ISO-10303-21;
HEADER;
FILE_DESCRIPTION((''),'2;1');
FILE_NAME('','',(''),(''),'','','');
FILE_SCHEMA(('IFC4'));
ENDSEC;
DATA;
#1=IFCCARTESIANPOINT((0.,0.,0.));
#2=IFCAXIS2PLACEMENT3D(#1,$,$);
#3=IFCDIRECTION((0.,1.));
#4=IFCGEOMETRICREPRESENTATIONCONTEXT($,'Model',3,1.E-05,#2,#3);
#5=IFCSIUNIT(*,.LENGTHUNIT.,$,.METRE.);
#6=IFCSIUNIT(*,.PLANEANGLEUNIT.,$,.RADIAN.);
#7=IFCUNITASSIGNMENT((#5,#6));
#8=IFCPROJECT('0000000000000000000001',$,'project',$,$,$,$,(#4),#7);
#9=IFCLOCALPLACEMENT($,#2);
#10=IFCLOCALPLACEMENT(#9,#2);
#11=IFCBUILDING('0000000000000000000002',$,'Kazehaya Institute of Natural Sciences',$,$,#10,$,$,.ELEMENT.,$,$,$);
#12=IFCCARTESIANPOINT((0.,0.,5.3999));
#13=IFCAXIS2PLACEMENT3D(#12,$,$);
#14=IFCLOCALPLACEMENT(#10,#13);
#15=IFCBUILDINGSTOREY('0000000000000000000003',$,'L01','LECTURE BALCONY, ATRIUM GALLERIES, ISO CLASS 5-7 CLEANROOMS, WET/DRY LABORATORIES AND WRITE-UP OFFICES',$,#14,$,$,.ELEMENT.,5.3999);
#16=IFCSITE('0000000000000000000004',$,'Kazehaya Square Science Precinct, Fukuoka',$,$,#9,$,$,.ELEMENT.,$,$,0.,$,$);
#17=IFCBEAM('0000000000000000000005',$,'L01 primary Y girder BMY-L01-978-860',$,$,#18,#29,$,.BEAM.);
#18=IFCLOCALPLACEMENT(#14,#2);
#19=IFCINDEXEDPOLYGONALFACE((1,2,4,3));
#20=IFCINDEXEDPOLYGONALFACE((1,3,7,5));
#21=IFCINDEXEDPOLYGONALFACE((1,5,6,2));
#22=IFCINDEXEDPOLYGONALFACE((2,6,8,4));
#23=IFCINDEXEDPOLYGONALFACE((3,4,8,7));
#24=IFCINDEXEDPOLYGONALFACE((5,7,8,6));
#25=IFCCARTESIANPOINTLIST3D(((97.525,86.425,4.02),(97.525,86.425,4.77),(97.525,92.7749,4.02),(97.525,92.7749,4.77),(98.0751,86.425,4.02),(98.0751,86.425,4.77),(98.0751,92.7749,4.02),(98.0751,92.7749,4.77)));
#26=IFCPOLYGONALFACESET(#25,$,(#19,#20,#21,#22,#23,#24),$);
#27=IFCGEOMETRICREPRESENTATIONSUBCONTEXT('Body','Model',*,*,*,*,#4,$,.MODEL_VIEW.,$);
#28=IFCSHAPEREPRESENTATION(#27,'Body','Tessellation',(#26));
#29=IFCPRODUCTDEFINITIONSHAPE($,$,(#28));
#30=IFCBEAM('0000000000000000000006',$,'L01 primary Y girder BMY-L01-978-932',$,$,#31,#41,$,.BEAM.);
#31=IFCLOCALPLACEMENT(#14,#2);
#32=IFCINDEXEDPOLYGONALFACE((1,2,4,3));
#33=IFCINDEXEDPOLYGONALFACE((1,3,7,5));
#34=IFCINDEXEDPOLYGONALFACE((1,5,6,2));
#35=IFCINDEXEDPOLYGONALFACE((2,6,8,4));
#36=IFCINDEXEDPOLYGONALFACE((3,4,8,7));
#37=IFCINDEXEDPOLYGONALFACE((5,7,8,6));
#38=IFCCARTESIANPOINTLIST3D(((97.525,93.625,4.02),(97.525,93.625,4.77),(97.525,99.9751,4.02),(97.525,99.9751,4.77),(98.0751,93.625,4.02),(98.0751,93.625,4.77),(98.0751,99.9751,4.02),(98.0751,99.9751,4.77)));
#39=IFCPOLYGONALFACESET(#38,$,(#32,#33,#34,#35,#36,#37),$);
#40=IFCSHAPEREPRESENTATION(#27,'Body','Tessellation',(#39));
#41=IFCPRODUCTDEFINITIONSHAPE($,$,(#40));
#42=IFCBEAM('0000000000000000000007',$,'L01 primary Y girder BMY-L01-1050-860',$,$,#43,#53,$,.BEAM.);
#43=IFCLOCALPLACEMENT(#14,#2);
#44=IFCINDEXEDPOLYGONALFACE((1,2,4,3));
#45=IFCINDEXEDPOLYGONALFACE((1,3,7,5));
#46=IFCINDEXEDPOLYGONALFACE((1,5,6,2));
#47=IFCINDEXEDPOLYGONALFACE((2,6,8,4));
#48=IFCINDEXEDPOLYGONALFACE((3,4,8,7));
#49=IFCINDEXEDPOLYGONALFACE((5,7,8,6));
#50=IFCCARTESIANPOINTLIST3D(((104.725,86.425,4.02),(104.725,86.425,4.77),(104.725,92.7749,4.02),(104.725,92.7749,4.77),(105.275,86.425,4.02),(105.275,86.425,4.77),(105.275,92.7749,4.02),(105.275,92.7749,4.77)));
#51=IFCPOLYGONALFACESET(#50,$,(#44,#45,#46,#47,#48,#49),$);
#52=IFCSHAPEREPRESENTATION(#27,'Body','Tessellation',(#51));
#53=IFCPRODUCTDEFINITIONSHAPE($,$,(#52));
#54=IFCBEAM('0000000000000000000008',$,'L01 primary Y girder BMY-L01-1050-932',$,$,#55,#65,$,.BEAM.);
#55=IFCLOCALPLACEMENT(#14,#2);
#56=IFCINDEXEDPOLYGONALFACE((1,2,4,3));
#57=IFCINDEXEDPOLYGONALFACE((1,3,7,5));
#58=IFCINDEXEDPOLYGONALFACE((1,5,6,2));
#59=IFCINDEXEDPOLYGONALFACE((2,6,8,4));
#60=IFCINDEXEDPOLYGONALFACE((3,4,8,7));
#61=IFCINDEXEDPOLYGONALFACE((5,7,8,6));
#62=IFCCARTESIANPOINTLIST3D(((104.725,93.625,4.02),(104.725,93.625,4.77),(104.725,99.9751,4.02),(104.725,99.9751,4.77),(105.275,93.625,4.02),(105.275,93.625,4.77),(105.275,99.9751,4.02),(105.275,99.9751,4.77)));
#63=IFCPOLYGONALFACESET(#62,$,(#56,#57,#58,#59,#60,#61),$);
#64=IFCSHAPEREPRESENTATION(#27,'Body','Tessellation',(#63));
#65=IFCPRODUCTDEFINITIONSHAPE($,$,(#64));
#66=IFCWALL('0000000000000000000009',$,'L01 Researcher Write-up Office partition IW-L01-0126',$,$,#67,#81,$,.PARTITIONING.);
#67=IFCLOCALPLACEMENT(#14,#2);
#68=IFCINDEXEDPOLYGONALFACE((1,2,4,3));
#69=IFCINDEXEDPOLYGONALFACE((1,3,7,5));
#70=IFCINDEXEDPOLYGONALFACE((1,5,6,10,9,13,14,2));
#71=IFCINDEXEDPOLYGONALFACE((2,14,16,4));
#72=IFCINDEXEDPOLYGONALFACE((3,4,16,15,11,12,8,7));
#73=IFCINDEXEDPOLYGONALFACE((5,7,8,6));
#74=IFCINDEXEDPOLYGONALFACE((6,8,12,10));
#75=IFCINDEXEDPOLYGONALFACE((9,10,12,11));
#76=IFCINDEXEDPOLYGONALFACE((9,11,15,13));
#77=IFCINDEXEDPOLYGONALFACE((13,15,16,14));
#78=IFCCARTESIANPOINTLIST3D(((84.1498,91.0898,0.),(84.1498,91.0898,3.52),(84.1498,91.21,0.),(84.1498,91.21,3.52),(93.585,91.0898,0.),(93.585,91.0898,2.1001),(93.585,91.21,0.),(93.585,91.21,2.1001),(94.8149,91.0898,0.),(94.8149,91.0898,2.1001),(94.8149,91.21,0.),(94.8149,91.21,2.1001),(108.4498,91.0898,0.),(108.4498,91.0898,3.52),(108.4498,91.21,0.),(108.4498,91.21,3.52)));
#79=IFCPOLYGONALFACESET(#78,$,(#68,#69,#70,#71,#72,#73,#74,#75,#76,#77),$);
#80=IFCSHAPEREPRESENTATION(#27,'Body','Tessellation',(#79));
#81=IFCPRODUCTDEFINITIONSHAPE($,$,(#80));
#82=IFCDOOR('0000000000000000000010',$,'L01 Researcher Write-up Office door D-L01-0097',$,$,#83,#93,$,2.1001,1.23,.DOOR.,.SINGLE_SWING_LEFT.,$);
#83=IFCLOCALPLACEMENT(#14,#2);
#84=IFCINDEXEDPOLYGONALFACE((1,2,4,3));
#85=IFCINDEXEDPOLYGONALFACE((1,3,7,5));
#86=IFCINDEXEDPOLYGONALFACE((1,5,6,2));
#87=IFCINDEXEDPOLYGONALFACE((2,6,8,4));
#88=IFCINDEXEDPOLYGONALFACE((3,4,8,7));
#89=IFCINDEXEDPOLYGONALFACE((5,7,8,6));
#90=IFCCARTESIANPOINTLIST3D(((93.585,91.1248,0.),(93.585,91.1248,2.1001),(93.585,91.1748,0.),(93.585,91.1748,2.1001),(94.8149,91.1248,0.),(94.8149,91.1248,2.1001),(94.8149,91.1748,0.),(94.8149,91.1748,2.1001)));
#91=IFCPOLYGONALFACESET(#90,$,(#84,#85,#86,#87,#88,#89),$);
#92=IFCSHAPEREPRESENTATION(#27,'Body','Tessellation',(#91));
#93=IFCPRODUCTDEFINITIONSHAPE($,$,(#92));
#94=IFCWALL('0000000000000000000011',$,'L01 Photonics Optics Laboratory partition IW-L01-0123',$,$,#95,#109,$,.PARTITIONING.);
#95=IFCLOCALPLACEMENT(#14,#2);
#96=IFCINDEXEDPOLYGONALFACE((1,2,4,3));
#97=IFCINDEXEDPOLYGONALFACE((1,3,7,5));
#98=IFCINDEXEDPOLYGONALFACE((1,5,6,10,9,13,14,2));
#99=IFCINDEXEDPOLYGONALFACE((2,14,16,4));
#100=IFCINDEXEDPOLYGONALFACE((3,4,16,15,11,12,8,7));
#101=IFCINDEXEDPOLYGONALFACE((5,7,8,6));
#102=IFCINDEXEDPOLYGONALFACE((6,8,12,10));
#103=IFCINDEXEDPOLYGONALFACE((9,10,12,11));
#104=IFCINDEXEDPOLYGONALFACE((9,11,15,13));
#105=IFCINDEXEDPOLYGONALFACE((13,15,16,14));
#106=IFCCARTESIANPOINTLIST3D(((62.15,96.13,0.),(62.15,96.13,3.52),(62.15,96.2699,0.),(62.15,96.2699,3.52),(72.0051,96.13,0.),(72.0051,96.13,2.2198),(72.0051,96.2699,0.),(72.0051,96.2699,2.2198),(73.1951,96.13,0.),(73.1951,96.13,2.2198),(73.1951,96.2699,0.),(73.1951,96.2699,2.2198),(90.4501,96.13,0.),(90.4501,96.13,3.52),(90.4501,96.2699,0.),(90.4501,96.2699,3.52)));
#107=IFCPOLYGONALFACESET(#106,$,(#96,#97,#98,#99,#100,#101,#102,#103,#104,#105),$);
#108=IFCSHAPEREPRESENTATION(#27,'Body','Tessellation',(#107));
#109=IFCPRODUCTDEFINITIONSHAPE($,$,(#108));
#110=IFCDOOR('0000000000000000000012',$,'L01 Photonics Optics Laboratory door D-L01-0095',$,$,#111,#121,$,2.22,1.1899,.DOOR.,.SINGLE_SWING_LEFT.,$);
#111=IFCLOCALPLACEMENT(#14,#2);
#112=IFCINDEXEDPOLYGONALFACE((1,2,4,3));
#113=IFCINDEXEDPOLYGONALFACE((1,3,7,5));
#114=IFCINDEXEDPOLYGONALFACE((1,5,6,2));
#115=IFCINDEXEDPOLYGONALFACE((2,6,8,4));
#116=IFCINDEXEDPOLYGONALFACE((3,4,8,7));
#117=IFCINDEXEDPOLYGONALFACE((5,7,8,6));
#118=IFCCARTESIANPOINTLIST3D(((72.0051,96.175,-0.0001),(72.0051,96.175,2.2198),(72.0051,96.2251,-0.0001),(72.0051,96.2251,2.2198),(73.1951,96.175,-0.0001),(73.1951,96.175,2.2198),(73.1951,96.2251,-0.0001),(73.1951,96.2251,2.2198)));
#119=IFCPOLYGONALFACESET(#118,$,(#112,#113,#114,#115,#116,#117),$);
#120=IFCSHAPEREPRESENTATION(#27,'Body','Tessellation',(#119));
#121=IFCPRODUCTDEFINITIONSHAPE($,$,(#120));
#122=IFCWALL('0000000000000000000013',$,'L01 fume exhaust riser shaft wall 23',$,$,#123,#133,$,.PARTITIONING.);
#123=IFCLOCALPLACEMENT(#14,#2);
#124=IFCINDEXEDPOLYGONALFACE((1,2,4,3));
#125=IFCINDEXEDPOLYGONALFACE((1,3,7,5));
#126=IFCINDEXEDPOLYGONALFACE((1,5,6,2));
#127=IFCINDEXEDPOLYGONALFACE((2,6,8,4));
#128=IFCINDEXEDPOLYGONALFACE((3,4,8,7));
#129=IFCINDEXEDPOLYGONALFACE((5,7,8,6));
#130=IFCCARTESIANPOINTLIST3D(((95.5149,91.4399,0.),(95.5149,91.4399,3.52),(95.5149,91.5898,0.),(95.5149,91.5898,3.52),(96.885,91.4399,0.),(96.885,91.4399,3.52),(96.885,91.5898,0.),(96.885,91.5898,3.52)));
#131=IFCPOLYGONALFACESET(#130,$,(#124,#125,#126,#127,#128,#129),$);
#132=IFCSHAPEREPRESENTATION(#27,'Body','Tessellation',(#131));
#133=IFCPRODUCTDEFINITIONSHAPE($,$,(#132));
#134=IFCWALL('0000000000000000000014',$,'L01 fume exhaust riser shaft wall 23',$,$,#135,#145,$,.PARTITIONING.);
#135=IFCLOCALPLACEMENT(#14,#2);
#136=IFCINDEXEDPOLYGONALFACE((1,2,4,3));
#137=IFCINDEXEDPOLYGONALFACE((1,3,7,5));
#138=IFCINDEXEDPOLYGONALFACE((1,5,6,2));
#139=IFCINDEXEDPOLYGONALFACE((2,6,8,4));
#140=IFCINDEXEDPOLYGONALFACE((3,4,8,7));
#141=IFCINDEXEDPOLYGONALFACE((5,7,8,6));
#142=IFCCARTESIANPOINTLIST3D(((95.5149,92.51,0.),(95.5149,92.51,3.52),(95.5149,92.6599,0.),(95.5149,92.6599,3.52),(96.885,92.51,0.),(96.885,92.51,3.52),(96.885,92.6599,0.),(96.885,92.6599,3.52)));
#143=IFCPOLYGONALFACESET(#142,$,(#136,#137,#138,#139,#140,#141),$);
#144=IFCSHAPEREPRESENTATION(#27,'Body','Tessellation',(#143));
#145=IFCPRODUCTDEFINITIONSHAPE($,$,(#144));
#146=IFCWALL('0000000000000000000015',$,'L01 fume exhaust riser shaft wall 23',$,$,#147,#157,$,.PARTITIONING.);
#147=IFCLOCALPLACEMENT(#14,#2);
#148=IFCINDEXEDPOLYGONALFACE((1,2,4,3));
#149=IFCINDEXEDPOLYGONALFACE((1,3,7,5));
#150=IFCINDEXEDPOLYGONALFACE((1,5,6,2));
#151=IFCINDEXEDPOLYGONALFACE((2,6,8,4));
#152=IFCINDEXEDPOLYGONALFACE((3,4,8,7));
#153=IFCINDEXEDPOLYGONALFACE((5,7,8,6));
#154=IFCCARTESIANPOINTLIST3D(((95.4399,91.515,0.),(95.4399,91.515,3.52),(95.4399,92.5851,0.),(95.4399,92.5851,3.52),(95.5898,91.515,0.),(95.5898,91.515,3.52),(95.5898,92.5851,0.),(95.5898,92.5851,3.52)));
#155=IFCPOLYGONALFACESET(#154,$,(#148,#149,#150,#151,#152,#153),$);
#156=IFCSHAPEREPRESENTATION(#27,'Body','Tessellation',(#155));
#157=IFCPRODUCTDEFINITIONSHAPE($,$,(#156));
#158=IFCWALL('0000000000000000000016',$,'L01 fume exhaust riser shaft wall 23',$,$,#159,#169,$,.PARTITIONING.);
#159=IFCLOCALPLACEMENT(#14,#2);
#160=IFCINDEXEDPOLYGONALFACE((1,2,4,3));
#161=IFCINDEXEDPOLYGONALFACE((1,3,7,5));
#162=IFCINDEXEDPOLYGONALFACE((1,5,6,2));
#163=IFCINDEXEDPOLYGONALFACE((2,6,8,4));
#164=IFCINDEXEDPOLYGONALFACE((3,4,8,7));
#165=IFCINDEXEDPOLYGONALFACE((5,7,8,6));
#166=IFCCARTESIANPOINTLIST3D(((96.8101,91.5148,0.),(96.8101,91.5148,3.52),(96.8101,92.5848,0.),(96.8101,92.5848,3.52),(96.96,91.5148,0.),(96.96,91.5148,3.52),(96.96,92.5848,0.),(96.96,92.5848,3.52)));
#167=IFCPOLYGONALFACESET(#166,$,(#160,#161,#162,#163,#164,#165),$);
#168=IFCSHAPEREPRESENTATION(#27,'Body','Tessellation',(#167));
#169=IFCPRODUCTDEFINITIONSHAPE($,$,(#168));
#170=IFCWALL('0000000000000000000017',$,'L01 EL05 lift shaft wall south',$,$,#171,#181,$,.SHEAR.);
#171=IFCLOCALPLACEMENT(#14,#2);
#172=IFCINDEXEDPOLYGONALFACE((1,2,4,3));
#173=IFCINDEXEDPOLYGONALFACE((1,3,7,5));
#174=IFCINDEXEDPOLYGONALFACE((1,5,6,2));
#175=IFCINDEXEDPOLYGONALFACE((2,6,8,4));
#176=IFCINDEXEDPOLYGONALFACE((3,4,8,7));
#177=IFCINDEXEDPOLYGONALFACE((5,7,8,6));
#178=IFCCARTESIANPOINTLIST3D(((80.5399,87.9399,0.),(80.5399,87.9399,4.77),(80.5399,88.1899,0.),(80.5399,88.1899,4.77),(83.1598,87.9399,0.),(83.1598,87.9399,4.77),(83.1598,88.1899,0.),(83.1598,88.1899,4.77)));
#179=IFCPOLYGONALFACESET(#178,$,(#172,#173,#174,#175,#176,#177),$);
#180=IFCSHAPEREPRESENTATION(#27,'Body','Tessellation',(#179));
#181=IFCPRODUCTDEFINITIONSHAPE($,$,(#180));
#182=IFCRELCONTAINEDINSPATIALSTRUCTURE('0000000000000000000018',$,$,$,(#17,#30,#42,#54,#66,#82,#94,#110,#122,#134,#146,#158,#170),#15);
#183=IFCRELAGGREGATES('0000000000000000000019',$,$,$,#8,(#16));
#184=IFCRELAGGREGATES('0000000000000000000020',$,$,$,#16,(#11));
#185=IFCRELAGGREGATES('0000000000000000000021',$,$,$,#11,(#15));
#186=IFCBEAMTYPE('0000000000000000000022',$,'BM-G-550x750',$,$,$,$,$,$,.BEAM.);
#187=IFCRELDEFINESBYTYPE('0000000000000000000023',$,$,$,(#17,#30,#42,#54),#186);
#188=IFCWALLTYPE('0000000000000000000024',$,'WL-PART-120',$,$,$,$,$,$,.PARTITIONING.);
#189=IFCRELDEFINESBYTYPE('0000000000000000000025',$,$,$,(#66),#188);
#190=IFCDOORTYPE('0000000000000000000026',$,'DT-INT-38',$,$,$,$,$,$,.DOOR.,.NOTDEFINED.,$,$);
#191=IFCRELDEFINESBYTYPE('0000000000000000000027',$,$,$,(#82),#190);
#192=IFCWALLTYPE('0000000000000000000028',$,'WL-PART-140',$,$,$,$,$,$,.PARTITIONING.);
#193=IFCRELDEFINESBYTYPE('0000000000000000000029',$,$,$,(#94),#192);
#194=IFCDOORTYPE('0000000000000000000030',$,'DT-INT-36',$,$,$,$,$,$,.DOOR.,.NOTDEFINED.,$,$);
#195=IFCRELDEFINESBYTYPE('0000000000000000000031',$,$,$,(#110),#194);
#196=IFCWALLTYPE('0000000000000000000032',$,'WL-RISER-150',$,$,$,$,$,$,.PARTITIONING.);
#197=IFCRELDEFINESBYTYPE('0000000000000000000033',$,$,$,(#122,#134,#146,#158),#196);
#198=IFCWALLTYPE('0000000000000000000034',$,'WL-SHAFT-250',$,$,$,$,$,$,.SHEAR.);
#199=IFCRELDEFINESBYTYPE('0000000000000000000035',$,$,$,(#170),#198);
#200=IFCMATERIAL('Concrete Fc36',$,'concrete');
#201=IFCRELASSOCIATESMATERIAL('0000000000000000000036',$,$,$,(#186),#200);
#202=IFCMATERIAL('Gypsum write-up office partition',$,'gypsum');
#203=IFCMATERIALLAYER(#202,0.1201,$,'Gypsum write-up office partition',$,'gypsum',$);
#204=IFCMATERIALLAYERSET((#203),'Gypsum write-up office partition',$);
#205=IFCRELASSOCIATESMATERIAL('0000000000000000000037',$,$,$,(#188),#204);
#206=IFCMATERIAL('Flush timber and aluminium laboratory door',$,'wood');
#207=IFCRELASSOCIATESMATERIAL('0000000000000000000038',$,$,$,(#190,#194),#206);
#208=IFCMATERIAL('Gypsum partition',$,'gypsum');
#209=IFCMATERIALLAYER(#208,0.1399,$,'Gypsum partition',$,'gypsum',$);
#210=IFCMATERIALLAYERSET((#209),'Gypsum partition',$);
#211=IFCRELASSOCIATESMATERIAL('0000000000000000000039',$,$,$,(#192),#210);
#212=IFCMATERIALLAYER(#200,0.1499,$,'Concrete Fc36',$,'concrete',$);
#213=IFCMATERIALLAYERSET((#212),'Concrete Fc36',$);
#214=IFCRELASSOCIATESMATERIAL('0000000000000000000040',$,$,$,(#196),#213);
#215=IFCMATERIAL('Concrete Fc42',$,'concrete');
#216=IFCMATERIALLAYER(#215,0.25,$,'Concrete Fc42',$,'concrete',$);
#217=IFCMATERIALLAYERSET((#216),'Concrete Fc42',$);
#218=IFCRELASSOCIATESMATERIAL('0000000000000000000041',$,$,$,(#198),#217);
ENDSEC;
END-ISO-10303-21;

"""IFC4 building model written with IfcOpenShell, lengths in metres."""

from ifc_helpers import new_model, si_unit, direction, frame, frame_2d, origin, origin_2d, place, context, subcontext, project, spatial, rectangle, extrude, material, layer, layer_set, material_profile, profile_set, type_object, element, fill, save


model = new_model("IFC4")

# Units and contexts
model_context = context("Model", 3, precision=1e-05, world=origin(), true_north=direction((0.0, 1.0)))
body_context = subcontext(model_context, "Body", "Model", "MODEL_VIEW")
ifc_project = project(units=[si_unit("LENGTHUNIT", "METRE"), si_unit("PLANEANGLEUNIT", "RADIAN")], contexts=[model_context])

# Site, building, storey
site_placement = place(None, origin())
site = spatial("IfcSite", under=ifc_project, at=site_placement, Name="Kazehaya Square Science Precinct, Fukuoka", CompositionType="ELEMENT", RefElevation=0.0)
building_placement = place(site_placement, origin())
building = spatial("IfcBuilding", under=site, at=building_placement, Name="Kazehaya Institute of Natural Sciences", CompositionType="ELEMENT")
storey_placement = place(building_placement, frame((0.0, 0.0, 5.3999)))
storey = spatial("IfcBuildingStorey", under=building, at=storey_placement, Name="L01", Description="LECTURE BALCONY, ATRIUM GALLERIES, ISO CLASS 5-7 CLEANROOMS, WET/DRY LABORATORIES AND WRITE-UP OFFICES", CompositionType="ELEMENT", Elevation=5.3999)

# Shared definitions
ifc_material_1 = material(Name="Concrete Fc42", Category="concrete")

# Beams
ifc_material_2 = material(Name="Concrete Fc36", Category="concrete")
ifc_material_profile_1 = material_profile(ifc_material_2, rectangle(XDim=0.55, YDim=0.75, at=origin_2d()), Name="RC-550x750")
ifc_profile_set_1 = profile_set([ifc_material_profile_1], Name="Concrete Fc36")
beam_type = type_object("IfcBeamType", Name="BM-G-550x750", PredefinedType="BEAM", material=ifc_profile_set_1)
beam_1_placement = place(storey_placement, frame((97.8, 86.425, 4.395), z_axis=(0.0, 1.0, 0.0), x_axis=(-1.0, 0.0, 0.0)))
element("IfcBeam", 1, at=beam_1_placement, inside=storey, type_object=beam_type, Name="L01 primary Y girder BMY-L01-978-860", PredefinedType="BEAM", context=body_context, shape_type="SweptSolid", body=[
    extrude(rectangle(XDim=0.55, YDim=0.75, at=origin_2d()), origin(), (0.0, 0.0, 1.0), 6.3499),
])
beam_2_placement = place(storey_placement, frame((97.8, 93.625, 4.395), z_axis=(0.0, 1.0, 0.0), x_axis=(-1.0, 0.0, 0.0)))
element("IfcBeam", 2, at=beam_2_placement, inside=storey, type_object=beam_type, Name="L01 primary Y girder BMY-L01-978-932", PredefinedType="BEAM", context=body_context, shape_type="SweptSolid", body=[
    extrude(rectangle(XDim=0.55, YDim=0.75, at=origin_2d()), origin(), (0.0, 0.0, 1.0), 6.3501),
])
beam_3_placement = place(storey_placement, frame((105.0, 86.425, 4.395), z_axis=(0.0, 1.0, 0.0), x_axis=(-1.0, 0.0, 0.0)))
element("IfcBeam", 3, at=beam_3_placement, inside=storey, type_object=beam_type, Name="L01 primary Y girder BMY-L01-1050-860", PredefinedType="BEAM", context=body_context, shape_type="SweptSolid", body=[
    extrude(rectangle(XDim=0.55, YDim=0.75, at=origin_2d()), origin(), (0.0, 0.0, 1.0), 6.3499),
])
beam_4_placement = place(storey_placement, frame((105.0, 93.625, 4.395), z_axis=(0.0, 1.0, 0.0), x_axis=(-1.0, 0.0, 0.0)))
element("IfcBeam", 4, at=beam_4_placement, inside=storey, type_object=beam_type, Name="L01 primary Y girder BMY-L01-1050-932", PredefinedType="BEAM", context=body_context, shape_type="SweptSolid", body=[
    extrude(rectangle(XDim=0.55, YDim=0.75, at=origin_2d()), origin(), (0.0, 0.0, 1.0), 6.3501),
])

# Walls, openings, doors
ifc_material_3 = material(Name="Gypsum write-up office partition", Category="gypsum")
ifc_layer_1 = layer(ifc_material_3, 0.1201, Name="Gypsum write-up office partition", Category="gypsum")
ifc_layer_set_1 = layer_set([ifc_layer_1], Name="Gypsum write-up office partition")
wall_type_1 = type_object("IfcWallType", Name="WL-PART-120", PredefinedType="PARTITIONING", material=ifc_layer_set_1)
wall_1_placement = place(storey_placement, frame((84.1499, 91.1499, 0.0), z_axis=(0.0, 0.0, 1.0), x_axis=(1.0, 0.0, 0.0)))
wall_1 = element("IfcWall", 5, at=wall_1_placement, inside=storey, type_object=wall_type_1, Name="L01 Researcher Write-up Office partition IW-L01-0126", PredefinedType="PARTITIONING", context=body_context, shape_type="SweptSolid", body=[
    extrude(rectangle(XDim=24.3, YDim=0.1201, at=frame_2d((12.1499, 0.0))), origin(), (0.0, 0.0, 1.0), 3.52),
])
opening_1_placement = place(wall_1_placement, frame((9.4351, 0.0, 0.0)))
opening_1 = element("IfcOpeningElement", 6, at=opening_1_placement, cuts=wall_1, PredefinedType="OPENING", context=body_context, shape_type="SweptSolid", body=[
    extrude(rectangle(XDim=1.23, YDim=2.1001, at=frame_2d((0.615, 1.05))), frame((0.0, 0.0701, 0.0), z_axis=(0.0, -1.0, 0.0), x_axis=(1.0, 0.0, 0.0)), (0.0, 0.0, 1.0), 0.1401),
])
ifc_material_4 = material(Name="Flush timber and aluminium laboratory door", Category="wood")
door_type_1 = type_object("IfcDoorType", Name="DT-INT-38", OperationType="NOTDEFINED", PredefinedType="DOOR", material=ifc_material_4)
door_1_placement = place(opening_1_placement, origin())
door_1 = element("IfcDoor", 7, at=door_1_placement, inside=storey, type_object=door_type_1, Name="L01 Researcher Write-up Office door D-L01-0097", OperationType="SINGLE_SWING_LEFT", OverallHeight=2.1001, OverallWidth=1.23, PredefinedType="DOOR", context=body_context, shape_type="SweptSolid", body=[
    extrude(rectangle(XDim=1.23, YDim=2.1001, at=frame_2d((0.615, 1.05))), frame((0.0, 0.0249, 0.0), z_axis=(0.0, -1.0, 0.0), x_axis=(1.0, 0.0, 0.0)), (0.0, 0.0, 1.0), 0.05),
])
fill(opening_1, door_1)
ifc_material_5 = material(Name="Gypsum partition", Category="gypsum")
ifc_layer_2 = layer(ifc_material_5, 0.1399, Name="Gypsum partition", Category="gypsum")
ifc_layer_set_2 = layer_set([ifc_layer_2], Name="Gypsum partition")
wall_type_2 = type_object("IfcWallType", Name="WL-PART-140", PredefinedType="PARTITIONING", material=ifc_layer_set_2)
wall_2_placement = place(storey_placement, frame((90.45, 96.2, 0.0), z_axis=(0.0, 0.0, 1.0), x_axis=(-1.0, 0.0, 0.0)))
wall_2 = element("IfcWall", 8, at=wall_2_placement, inside=storey, type_object=wall_type_2, Name="L01 Photonics Optics Laboratory partition IW-L01-0123", PredefinedType="PARTITIONING", context=body_context, shape_type="SweptSolid", body=[
    extrude(rectangle(XDim=28.3, YDim=0.1399, at=frame_2d((14.1499, 0.0))), origin(), (0.0, 0.0, 1.0), 3.52),
])
opening_2_placement = place(wall_2_placement, frame((17.2549, 0.0, 0.0)))
opening_2 = element("IfcOpeningElement", 9, at=opening_2_placement, cuts=wall_2, PredefinedType="OPENING", context=body_context, shape_type="SweptSolid", body=[
    extrude(rectangle(XDim=1.1899, YDim=2.22, at=frame_2d((0.595, 1.1099))), frame((0.0, 0.0798, 0.0), z_axis=(0.0, -1.0, 0.0), x_axis=(1.0, 0.0, 0.0)), (0.0, 0.0, 1.0), 0.1599),
])
door_type_2 = type_object("IfcDoorType", Name="DT-INT-36", OperationType="NOTDEFINED", PredefinedType="DOOR", material=ifc_material_4)
door_2_placement = place(opening_2_placement, origin())
door_2 = element("IfcDoor", 10, at=door_2_placement, inside=storey, type_object=door_type_2, Name="L01 Photonics Optics Laboratory door D-L01-0095", OperationType="SINGLE_SWING_LEFT", OverallHeight=2.22, OverallWidth=1.1899, PredefinedType="DOOR", context=body_context, shape_type="SweptSolid", body=[
    extrude(rectangle(XDim=1.1899, YDim=2.22, at=frame_2d((0.595, 1.1099))), frame((0.0, 0.0249, 0.0), z_axis=(0.0, -1.0, 0.0), x_axis=(1.0, 0.0, 0.0)), (0.0, 0.0, 1.0), 0.05),
])
fill(opening_2, door_2)

# Walls
ifc_layer_3 = layer(ifc_material_2, 0.1499, Name="Concrete Fc36", Category="concrete")
ifc_layer_set_3 = layer_set([ifc_layer_3], Name="Concrete Fc36")
wall_type_3 = type_object("IfcWallType", Name="WL-RISER-150", PredefinedType="PARTITIONING", material=ifc_layer_set_3)
for number, where, z_axis, x_axis, name in (
    (11, (96.885, 91.5149, 0.0), (0.0, 0.0, 1.0), (-1.0, 0.0, 0.0), "L01 fume exhaust riser shaft wall 23"),
    (12, (95.5149, 92.585, 0.0), (0.0, 0.0, 1.0), (1.0, 0.0, 0.0), "L01 fume exhaust riser shaft wall 23"),
):
    element("IfcWall", number, at=place(storey_placement, frame(where, z_axis=z_axis, x_axis=x_axis)), inside=storey, type_object=wall_type_3, Name=name, PredefinedType="PARTITIONING", context=body_context, shape_type="SweptSolid", body=[
        extrude(rectangle(XDim=1.3701, YDim=0.1499, at=frame_2d((0.6851, 0.0))), origin(), (0.0, 0.0, 1.0), 3.52),
    ])
for number, where, z_axis, x_axis, name in (
    (13, (95.5149, 91.5149, 0.0), (0.0, 0.0, 1.0), (0.0, 1.0, 0.0), "L01 fume exhaust riser shaft wall 23"),
    (14, (96.885, 92.585, 0.0), (0.0, 0.0, 1.0), (0.0, -1.0, 0.0), "L01 fume exhaust riser shaft wall 23"),
):
    element("IfcWall", number, at=place(storey_placement, frame(where, z_axis=z_axis, x_axis=x_axis)), inside=storey, type_object=wall_type_3, Name=name, PredefinedType="PARTITIONING", context=body_context, shape_type="SweptSolid", body=[
        extrude(rectangle(XDim=1.0701, YDim=0.1499, at=frame_2d((0.5352, 0.0))), origin(), (0.0, 0.0, 1.0), 3.52),
    ])
ifc_layer_4 = layer(ifc_material_1, 0.25, Name="Concrete Fc42", Category="concrete")
ifc_layer_set_4 = layer_set([ifc_layer_4], Name="Concrete Fc42")
wall_type_4 = type_object("IfcWallType", Name="WL-SHAFT-250", PredefinedType="SHEAR", material=ifc_layer_set_4)
wall_3_placement = place(storey_placement, frame((83.1599, 88.0649, 0.0), z_axis=(0.0, 0.0, 1.0), x_axis=(-1.0, 0.0, 0.0)))
element("IfcWall", 15, at=wall_3_placement, inside=storey, type_object=wall_type_4, Name="L01 EL05 lift shaft wall south", PredefinedType="SHEAR", context=body_context, shape_type="SweptSolid", body=[
    extrude(rectangle(XDim=2.6199, YDim=0.25, at=frame_2d((1.3101, 0.0))), origin(), (0.0, 0.0, 1.0), 4.77),
])

save(model, "model.ifc")
